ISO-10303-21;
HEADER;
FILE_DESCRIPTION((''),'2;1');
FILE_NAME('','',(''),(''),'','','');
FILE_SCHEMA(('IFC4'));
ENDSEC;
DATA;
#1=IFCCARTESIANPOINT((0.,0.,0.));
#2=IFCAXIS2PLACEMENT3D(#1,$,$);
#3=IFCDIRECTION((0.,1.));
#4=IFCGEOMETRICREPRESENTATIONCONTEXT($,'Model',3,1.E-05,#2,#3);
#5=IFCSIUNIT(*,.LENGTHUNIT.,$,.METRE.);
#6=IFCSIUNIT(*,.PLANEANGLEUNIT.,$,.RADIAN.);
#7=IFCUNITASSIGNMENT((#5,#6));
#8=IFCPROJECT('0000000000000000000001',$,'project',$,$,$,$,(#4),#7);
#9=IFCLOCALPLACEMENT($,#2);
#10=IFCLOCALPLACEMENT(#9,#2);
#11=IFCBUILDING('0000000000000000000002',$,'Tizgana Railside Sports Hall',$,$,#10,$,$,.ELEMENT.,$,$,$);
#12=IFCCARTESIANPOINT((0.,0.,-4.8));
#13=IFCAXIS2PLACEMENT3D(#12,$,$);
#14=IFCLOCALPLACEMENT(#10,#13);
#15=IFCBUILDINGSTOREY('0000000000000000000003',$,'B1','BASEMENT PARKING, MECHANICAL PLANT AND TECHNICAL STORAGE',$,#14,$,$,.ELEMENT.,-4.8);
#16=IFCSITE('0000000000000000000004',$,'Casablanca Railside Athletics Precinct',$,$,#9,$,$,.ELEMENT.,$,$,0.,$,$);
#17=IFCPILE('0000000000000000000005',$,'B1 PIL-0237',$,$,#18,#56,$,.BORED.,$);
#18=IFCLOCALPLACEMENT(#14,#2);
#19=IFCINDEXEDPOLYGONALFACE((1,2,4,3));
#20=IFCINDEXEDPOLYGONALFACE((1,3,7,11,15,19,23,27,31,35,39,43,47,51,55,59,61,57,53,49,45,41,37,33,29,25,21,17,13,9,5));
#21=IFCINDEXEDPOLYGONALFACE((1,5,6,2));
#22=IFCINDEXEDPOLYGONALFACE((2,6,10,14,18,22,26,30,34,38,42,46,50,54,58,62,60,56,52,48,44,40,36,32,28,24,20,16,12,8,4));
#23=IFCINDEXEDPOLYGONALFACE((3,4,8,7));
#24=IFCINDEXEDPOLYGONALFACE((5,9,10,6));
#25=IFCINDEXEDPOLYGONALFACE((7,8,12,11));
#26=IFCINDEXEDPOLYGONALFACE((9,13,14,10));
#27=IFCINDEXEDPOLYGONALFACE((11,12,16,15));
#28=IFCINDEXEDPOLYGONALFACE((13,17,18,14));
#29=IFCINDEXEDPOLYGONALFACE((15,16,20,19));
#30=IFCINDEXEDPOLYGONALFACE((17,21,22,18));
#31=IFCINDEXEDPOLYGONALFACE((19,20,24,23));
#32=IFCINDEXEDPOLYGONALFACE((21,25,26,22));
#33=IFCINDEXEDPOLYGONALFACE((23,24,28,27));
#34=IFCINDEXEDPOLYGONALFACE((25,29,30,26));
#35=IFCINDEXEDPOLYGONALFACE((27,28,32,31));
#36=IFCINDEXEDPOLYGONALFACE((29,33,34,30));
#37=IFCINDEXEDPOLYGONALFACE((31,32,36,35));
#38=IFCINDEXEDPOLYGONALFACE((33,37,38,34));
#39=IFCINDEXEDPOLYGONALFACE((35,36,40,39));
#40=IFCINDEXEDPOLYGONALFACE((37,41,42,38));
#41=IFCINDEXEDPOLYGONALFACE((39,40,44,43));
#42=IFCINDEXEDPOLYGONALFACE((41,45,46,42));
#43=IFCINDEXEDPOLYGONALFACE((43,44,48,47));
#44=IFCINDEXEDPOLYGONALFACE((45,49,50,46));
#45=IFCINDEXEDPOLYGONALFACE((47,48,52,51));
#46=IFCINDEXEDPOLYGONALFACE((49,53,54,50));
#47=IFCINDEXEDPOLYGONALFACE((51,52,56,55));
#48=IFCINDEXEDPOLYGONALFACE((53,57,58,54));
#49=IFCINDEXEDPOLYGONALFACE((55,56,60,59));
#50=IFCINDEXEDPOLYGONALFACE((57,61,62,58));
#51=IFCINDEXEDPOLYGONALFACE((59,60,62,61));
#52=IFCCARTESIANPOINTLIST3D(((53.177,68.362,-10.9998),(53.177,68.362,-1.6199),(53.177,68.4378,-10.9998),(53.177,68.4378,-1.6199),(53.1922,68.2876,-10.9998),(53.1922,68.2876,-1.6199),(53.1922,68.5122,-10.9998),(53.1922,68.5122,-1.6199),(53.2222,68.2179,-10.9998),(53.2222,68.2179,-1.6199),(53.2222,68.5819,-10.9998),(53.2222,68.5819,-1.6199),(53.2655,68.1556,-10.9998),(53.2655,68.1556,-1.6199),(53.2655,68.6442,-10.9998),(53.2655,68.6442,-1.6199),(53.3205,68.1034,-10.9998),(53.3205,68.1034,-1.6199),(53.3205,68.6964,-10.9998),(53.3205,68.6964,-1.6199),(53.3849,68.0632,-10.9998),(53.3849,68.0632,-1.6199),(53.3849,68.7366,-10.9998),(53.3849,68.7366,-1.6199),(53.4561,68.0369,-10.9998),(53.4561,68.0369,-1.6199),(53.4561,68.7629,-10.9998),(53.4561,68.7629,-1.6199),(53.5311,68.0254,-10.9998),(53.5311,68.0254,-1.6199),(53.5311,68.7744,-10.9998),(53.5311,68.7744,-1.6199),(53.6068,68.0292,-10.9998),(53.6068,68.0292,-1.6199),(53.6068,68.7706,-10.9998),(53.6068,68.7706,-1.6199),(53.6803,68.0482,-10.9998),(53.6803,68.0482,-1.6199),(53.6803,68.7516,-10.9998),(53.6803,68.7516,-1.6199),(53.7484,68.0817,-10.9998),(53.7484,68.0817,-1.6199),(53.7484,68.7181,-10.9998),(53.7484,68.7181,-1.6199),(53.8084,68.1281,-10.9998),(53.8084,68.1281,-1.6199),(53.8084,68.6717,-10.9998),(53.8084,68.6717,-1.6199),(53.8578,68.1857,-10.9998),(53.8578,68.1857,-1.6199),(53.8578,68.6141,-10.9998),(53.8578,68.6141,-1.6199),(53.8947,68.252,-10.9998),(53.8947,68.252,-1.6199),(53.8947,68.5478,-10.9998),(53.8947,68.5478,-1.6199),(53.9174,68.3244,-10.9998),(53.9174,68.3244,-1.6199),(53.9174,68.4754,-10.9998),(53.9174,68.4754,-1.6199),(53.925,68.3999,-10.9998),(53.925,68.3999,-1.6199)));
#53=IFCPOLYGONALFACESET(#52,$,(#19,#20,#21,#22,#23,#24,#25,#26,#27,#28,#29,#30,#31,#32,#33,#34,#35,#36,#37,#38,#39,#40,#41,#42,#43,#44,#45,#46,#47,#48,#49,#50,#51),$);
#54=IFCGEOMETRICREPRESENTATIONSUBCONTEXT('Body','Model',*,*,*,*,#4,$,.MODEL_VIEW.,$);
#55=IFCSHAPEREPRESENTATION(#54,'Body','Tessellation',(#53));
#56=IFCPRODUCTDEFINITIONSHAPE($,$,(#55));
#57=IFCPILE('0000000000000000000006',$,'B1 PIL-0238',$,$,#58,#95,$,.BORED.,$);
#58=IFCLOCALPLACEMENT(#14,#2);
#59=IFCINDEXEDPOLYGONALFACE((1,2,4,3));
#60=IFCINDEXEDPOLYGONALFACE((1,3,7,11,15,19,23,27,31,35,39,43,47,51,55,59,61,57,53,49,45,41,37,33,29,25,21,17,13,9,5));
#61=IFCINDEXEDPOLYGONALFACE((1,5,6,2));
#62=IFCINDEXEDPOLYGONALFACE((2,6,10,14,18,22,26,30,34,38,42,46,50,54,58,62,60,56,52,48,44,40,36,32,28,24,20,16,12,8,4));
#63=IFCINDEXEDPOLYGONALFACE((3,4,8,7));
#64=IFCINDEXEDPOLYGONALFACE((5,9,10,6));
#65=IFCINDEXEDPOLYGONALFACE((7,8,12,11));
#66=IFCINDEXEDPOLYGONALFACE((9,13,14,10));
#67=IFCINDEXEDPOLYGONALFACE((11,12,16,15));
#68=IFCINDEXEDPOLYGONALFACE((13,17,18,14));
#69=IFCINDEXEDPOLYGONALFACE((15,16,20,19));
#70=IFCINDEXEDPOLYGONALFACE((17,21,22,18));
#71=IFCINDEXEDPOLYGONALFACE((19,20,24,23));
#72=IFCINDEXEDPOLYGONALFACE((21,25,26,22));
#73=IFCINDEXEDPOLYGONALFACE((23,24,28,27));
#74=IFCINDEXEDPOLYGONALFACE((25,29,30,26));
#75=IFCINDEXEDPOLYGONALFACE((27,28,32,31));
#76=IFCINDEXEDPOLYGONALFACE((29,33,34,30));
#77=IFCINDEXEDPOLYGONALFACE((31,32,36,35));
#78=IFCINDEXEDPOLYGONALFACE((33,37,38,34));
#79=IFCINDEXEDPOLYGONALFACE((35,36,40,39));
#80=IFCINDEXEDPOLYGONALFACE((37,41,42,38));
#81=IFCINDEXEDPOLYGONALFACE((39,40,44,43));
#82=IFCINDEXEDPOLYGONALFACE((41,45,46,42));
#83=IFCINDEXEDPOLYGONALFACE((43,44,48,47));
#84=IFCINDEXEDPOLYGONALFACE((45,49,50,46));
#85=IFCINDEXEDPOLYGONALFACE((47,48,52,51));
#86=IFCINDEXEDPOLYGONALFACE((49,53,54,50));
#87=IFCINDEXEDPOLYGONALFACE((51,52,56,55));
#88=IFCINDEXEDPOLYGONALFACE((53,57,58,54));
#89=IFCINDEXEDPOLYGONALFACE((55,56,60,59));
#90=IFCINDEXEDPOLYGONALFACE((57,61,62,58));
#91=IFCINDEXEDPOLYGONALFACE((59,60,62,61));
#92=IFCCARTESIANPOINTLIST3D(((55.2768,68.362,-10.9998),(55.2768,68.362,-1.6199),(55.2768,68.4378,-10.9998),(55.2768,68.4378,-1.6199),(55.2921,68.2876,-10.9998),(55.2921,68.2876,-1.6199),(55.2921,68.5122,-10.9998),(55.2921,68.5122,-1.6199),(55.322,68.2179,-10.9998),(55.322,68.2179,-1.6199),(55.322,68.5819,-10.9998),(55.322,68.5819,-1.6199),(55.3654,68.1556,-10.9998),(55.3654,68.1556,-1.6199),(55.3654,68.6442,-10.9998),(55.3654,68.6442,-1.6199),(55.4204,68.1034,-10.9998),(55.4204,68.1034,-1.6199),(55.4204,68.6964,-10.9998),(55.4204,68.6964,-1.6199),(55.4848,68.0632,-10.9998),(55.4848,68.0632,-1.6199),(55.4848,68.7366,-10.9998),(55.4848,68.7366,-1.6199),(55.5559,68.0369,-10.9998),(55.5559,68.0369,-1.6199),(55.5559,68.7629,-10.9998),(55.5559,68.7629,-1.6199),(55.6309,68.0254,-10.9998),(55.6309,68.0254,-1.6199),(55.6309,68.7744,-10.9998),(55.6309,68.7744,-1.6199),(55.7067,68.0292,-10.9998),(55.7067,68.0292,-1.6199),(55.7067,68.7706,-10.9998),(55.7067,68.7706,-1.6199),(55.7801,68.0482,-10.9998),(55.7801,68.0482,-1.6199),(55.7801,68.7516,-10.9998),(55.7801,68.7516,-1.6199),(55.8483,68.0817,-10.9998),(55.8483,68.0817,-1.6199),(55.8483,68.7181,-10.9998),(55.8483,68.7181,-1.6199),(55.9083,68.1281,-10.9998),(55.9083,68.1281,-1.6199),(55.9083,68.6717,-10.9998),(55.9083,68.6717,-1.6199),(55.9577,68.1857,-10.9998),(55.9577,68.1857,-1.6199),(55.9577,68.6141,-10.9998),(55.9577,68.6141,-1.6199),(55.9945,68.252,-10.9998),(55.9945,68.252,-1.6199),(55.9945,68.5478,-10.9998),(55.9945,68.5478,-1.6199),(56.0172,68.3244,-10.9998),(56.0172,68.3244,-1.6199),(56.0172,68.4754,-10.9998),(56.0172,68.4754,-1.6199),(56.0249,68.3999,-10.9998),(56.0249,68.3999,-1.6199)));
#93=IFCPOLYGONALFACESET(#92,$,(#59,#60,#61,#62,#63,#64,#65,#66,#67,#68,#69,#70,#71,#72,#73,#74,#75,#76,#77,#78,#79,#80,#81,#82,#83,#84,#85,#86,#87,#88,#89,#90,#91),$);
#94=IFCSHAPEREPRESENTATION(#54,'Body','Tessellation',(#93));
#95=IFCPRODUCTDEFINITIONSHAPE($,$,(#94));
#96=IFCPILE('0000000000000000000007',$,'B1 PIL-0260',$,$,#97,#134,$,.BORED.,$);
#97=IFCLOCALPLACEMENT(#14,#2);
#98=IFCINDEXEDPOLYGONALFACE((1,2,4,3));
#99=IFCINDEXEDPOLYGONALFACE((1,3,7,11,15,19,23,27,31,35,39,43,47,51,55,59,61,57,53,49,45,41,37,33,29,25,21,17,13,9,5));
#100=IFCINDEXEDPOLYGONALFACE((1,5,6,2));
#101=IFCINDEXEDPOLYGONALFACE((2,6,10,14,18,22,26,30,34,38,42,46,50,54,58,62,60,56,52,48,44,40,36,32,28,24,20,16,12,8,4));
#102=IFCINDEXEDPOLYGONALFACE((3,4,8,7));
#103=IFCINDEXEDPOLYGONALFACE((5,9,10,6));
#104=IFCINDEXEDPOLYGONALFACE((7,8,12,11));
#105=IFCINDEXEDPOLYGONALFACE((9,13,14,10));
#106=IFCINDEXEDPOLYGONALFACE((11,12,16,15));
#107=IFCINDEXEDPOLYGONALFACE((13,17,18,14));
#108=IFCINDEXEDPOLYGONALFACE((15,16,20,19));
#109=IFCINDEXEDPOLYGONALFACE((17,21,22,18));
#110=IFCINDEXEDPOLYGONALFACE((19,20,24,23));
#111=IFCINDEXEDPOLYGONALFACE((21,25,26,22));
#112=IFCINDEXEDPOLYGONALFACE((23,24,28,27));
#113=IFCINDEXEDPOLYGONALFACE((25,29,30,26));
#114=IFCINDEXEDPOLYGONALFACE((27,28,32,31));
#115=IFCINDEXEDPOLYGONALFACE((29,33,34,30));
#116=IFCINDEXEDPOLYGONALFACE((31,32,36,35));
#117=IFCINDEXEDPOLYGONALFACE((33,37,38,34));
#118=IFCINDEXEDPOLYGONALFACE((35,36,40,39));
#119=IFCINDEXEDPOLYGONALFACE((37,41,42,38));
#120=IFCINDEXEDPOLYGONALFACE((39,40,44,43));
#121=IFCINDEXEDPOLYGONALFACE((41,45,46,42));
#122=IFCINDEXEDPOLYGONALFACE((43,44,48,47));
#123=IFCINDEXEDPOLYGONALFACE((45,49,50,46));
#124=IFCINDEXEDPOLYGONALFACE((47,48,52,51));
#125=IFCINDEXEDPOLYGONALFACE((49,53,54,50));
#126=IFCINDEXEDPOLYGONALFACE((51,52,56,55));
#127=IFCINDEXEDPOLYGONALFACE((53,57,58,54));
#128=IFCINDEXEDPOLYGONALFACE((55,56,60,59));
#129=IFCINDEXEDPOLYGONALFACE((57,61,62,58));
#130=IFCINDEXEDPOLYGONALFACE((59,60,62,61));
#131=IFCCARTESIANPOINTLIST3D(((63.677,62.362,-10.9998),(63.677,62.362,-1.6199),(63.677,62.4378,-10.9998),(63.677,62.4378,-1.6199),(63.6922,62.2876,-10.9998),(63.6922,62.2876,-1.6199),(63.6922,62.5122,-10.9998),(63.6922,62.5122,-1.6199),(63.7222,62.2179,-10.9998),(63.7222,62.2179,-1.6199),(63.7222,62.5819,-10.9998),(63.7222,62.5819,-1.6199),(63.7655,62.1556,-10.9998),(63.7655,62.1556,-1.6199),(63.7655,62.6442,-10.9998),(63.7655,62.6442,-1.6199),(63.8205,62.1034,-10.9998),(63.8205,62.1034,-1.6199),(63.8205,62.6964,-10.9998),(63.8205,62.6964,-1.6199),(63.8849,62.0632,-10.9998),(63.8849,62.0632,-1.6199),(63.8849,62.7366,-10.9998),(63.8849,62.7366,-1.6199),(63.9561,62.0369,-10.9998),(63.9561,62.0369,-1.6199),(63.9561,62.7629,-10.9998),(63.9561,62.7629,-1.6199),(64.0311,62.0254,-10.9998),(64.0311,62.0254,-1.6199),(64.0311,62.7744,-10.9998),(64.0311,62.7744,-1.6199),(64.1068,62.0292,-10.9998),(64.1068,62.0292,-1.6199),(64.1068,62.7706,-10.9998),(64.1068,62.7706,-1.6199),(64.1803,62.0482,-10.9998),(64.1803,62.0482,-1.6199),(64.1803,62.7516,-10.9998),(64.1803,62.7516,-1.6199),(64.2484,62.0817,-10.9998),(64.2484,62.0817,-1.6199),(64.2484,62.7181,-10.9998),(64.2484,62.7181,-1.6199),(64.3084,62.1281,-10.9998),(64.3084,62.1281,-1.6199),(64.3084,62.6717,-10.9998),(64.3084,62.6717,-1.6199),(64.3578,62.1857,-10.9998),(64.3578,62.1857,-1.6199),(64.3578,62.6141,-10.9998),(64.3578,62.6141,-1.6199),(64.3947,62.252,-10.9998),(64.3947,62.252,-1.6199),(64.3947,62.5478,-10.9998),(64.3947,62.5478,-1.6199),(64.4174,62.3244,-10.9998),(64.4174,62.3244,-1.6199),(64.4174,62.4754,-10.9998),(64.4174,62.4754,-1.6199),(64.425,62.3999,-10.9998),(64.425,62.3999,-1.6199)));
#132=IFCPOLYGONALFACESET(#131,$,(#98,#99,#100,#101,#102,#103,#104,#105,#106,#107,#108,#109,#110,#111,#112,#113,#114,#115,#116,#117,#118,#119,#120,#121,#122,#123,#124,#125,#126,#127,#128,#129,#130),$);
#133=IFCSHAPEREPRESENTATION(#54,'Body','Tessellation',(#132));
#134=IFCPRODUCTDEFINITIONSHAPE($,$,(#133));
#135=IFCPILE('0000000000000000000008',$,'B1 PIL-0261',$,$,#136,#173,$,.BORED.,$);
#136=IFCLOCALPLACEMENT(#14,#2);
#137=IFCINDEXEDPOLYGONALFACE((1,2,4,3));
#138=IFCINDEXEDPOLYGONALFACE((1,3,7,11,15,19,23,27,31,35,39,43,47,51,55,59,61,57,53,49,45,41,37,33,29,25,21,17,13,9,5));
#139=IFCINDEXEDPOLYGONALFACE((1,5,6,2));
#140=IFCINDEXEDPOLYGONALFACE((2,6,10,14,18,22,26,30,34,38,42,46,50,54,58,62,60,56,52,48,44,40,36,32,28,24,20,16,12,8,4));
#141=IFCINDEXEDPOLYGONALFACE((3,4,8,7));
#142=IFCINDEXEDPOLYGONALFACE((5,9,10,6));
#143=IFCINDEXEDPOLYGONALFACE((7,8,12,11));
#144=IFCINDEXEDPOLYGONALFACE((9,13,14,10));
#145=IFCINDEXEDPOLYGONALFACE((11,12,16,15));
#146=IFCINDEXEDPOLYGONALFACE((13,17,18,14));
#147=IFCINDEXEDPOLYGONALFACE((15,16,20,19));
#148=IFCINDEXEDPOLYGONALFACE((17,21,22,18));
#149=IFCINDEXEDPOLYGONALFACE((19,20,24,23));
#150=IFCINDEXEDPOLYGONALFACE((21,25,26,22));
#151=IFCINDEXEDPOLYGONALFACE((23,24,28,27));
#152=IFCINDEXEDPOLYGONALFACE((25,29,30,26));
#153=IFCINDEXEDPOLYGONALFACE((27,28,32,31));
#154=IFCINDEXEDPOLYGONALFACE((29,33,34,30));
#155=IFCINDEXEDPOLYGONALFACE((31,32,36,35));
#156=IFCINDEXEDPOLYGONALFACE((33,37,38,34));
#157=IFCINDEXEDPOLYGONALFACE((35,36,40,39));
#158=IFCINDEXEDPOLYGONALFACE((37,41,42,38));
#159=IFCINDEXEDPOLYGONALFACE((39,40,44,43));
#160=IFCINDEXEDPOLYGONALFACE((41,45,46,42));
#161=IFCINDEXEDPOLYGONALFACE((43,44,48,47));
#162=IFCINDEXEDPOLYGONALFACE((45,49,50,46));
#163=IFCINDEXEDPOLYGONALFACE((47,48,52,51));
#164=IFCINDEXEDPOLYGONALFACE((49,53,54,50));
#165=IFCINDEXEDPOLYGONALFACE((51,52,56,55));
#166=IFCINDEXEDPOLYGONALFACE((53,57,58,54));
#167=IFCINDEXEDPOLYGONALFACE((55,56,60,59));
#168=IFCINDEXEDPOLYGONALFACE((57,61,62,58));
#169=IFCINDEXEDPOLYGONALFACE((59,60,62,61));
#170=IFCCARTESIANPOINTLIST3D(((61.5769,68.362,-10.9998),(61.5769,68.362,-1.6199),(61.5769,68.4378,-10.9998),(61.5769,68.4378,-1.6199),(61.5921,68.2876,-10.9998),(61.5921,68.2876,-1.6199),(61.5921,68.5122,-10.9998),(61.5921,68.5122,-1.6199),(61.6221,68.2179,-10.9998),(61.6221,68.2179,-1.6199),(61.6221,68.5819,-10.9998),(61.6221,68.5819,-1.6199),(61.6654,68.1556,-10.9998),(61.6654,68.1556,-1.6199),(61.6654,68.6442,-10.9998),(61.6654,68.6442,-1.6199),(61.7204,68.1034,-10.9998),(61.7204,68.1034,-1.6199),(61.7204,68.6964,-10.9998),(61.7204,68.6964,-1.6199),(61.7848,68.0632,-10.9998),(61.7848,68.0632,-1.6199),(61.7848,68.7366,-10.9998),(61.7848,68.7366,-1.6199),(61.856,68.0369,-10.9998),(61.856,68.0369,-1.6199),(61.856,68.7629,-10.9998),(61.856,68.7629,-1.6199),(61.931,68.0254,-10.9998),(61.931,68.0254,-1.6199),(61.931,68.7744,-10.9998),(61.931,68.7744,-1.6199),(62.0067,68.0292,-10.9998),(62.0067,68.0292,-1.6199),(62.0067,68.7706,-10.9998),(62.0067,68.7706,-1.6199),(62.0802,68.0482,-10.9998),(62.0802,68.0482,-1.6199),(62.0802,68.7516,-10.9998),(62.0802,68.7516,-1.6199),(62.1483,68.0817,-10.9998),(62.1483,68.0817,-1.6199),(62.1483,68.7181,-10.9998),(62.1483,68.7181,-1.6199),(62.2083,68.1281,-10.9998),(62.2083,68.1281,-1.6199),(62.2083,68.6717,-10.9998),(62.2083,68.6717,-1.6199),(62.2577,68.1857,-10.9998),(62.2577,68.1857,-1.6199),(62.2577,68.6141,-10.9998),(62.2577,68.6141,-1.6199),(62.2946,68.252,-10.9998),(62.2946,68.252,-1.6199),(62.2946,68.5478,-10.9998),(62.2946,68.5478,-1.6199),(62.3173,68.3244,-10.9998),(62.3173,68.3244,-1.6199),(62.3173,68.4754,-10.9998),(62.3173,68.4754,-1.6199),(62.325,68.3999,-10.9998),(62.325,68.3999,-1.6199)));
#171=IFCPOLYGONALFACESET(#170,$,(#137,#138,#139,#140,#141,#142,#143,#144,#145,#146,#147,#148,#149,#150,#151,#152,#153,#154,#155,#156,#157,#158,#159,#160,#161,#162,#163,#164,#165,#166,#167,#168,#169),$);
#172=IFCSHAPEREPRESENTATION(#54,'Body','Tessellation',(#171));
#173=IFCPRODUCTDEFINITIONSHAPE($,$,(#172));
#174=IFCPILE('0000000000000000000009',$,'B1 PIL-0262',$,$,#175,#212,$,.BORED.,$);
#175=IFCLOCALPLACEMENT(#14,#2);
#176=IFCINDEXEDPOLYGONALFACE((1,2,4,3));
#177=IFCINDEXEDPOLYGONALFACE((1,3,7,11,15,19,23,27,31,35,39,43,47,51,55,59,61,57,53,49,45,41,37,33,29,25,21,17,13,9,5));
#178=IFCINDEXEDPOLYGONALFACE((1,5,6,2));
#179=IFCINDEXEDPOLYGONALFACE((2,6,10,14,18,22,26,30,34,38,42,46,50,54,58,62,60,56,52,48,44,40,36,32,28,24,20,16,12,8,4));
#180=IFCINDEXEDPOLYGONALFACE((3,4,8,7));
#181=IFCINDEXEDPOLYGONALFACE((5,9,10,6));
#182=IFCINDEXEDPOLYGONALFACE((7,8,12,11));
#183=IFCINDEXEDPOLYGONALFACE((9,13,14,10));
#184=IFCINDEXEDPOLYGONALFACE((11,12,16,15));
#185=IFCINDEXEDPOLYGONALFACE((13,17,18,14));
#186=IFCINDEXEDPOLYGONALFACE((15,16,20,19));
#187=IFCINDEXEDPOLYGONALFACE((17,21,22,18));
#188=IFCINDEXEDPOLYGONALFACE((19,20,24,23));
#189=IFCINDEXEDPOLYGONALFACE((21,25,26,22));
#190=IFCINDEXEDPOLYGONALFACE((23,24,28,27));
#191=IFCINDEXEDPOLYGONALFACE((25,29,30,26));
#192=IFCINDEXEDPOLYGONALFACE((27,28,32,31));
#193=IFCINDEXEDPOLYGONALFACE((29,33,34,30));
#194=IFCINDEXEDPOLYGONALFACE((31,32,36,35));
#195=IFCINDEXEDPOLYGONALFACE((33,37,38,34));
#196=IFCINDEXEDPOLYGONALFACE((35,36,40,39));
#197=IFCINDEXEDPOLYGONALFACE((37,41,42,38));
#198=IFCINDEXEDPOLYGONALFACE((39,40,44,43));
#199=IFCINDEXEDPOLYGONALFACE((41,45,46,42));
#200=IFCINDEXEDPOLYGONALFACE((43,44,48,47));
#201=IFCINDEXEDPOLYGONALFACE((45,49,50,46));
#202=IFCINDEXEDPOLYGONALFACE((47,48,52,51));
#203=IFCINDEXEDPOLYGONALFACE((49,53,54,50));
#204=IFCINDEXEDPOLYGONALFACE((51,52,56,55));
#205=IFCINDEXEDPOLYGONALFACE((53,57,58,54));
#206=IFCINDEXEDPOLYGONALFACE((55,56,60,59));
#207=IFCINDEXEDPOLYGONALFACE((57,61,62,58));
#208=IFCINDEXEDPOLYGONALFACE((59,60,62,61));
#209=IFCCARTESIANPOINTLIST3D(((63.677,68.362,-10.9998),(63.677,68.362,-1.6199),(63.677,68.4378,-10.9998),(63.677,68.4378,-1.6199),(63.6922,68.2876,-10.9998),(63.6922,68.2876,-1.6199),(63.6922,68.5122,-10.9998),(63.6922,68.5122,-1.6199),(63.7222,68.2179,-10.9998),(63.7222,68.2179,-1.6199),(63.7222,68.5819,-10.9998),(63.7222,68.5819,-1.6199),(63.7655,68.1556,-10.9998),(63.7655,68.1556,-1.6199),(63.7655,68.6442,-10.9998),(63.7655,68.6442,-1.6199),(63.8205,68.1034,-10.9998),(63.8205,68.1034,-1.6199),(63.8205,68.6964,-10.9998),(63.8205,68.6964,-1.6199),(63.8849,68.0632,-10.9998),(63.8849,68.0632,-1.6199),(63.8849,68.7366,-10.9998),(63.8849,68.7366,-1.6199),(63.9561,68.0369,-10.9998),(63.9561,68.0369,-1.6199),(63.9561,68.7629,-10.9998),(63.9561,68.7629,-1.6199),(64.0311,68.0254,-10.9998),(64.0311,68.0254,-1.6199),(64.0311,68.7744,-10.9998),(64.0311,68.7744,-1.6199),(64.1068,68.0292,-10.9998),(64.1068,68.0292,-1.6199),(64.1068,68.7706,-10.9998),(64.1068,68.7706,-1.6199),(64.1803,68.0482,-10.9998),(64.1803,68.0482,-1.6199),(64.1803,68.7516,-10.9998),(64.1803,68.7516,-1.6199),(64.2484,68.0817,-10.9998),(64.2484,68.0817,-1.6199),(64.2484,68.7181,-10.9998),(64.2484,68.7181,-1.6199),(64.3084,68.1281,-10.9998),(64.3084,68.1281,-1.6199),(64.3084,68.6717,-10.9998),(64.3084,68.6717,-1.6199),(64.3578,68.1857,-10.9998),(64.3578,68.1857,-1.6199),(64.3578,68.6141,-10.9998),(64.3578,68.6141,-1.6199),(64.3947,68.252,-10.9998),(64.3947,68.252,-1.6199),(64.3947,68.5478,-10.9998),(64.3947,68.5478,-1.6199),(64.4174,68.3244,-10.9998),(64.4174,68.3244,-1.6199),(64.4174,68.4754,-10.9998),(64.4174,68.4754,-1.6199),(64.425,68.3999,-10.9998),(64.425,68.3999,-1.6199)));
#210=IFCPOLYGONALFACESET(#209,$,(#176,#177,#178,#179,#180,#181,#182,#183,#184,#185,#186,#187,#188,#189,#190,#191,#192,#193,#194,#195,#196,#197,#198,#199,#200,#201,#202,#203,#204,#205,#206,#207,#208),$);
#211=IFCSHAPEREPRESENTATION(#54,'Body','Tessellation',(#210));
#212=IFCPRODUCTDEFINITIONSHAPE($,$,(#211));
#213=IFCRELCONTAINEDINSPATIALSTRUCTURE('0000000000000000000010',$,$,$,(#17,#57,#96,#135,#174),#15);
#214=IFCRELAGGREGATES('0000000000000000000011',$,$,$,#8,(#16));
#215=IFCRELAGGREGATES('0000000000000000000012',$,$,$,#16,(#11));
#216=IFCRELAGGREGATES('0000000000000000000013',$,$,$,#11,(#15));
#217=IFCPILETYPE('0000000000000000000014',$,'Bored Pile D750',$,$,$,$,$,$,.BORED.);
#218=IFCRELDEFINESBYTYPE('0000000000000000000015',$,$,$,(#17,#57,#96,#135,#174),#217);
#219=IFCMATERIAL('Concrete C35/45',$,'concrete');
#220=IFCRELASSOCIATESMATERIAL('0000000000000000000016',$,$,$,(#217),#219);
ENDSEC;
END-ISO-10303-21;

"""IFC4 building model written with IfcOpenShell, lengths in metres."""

from ifc_helpers import new_model, si_unit, direction, frame, origin, origin_2d, place, context, subcontext, project, spatial, circle, extrude, material, material_profile, profile_set, type_object, element, save


model = new_model("IFC4")

# Units and contexts
model_context = context("Model", 3, precision=1e-05, world=origin(), true_north=direction((0.0, 1.0)))
body_context = subcontext(model_context, "Body", "Model", "MODEL_VIEW")
ifc_project = project(units=[si_unit("LENGTHUNIT", "METRE"), si_unit("PLANEANGLEUNIT", "RADIAN")], contexts=[model_context])

# Site, building, storey
site_placement = place(None, origin())
site = spatial("IfcSite", under=ifc_project, at=site_placement, Name="Casablanca Railside Athletics Precinct", CompositionType="ELEMENT", RefElevation=0.0)
building_placement = place(site_placement, origin())
building = spatial("IfcBuilding", under=site, at=building_placement, Name="Tizgana Railside Sports Hall", CompositionType="ELEMENT")
storey_placement = place(building_placement, frame((0.0, 0.0, -4.8)))
storey = spatial("IfcBuildingStorey", under=building, at=storey_placement, Name="B1", Description="BASEMENT PARKING, MECHANICAL PLANT AND TECHNICAL STORAGE", CompositionType="ELEMENT", Elevation=-4.8)

# Piles
ifc_material_1 = material(Name="Concrete C35/45", Category="concrete")
ifc_material_profile_1 = material_profile(ifc_material_1, circle(Radius=0.375, at=origin_2d()), Name="PILE D750")
ifc_profile_set_1 = profile_set([ifc_material_profile_1], Name="Concrete C35/45")
pile_type_1 = type_object("IfcPileType", Name="Bored Pile D750", PredefinedType="BORED", material=ifc_profile_set_1)
for number, where, z_axis, x_axis, name in (
    (1, (53.55, 68.3999, -1.6199), (0.0, 0.0, -1.0), (1.0, 0.0, 0.0), "B1 PIL-0237"),
    (2, (55.6499, 68.3999, -1.6199), (0.0, 0.0, -1.0), (1.0, 0.0, 0.0), "B1 PIL-0238"),
    (3, (64.05, 62.3999, -1.6199), (0.0, 0.0, -1.0), (1.0, 0.0, 0.0), "B1 PIL-0260"),
    (4, (61.95, 68.3999, -1.6199), (0.0, 0.0, -1.0), (1.0, 0.0, 0.0), "B1 PIL-0261"),
    (5, (64.05, 68.3999, -1.6199), (0.0, 0.0, -1.0), (1.0, 0.0, 0.0), "B1 PIL-0262"),
):
    element("IfcPile", number, at=place(storey_placement, frame(where, z_axis=z_axis, x_axis=x_axis)), inside=storey, type_object=pile_type_1, Name=name, PredefinedType="BORED", context=body_context, shape_type="SweptSolid", body=[
        extrude(circle(Radius=0.375, at=origin_2d()), origin(), (0.0, 0.0, 1.0), 9.3799),
    ])

save(model, "model.ifc")
